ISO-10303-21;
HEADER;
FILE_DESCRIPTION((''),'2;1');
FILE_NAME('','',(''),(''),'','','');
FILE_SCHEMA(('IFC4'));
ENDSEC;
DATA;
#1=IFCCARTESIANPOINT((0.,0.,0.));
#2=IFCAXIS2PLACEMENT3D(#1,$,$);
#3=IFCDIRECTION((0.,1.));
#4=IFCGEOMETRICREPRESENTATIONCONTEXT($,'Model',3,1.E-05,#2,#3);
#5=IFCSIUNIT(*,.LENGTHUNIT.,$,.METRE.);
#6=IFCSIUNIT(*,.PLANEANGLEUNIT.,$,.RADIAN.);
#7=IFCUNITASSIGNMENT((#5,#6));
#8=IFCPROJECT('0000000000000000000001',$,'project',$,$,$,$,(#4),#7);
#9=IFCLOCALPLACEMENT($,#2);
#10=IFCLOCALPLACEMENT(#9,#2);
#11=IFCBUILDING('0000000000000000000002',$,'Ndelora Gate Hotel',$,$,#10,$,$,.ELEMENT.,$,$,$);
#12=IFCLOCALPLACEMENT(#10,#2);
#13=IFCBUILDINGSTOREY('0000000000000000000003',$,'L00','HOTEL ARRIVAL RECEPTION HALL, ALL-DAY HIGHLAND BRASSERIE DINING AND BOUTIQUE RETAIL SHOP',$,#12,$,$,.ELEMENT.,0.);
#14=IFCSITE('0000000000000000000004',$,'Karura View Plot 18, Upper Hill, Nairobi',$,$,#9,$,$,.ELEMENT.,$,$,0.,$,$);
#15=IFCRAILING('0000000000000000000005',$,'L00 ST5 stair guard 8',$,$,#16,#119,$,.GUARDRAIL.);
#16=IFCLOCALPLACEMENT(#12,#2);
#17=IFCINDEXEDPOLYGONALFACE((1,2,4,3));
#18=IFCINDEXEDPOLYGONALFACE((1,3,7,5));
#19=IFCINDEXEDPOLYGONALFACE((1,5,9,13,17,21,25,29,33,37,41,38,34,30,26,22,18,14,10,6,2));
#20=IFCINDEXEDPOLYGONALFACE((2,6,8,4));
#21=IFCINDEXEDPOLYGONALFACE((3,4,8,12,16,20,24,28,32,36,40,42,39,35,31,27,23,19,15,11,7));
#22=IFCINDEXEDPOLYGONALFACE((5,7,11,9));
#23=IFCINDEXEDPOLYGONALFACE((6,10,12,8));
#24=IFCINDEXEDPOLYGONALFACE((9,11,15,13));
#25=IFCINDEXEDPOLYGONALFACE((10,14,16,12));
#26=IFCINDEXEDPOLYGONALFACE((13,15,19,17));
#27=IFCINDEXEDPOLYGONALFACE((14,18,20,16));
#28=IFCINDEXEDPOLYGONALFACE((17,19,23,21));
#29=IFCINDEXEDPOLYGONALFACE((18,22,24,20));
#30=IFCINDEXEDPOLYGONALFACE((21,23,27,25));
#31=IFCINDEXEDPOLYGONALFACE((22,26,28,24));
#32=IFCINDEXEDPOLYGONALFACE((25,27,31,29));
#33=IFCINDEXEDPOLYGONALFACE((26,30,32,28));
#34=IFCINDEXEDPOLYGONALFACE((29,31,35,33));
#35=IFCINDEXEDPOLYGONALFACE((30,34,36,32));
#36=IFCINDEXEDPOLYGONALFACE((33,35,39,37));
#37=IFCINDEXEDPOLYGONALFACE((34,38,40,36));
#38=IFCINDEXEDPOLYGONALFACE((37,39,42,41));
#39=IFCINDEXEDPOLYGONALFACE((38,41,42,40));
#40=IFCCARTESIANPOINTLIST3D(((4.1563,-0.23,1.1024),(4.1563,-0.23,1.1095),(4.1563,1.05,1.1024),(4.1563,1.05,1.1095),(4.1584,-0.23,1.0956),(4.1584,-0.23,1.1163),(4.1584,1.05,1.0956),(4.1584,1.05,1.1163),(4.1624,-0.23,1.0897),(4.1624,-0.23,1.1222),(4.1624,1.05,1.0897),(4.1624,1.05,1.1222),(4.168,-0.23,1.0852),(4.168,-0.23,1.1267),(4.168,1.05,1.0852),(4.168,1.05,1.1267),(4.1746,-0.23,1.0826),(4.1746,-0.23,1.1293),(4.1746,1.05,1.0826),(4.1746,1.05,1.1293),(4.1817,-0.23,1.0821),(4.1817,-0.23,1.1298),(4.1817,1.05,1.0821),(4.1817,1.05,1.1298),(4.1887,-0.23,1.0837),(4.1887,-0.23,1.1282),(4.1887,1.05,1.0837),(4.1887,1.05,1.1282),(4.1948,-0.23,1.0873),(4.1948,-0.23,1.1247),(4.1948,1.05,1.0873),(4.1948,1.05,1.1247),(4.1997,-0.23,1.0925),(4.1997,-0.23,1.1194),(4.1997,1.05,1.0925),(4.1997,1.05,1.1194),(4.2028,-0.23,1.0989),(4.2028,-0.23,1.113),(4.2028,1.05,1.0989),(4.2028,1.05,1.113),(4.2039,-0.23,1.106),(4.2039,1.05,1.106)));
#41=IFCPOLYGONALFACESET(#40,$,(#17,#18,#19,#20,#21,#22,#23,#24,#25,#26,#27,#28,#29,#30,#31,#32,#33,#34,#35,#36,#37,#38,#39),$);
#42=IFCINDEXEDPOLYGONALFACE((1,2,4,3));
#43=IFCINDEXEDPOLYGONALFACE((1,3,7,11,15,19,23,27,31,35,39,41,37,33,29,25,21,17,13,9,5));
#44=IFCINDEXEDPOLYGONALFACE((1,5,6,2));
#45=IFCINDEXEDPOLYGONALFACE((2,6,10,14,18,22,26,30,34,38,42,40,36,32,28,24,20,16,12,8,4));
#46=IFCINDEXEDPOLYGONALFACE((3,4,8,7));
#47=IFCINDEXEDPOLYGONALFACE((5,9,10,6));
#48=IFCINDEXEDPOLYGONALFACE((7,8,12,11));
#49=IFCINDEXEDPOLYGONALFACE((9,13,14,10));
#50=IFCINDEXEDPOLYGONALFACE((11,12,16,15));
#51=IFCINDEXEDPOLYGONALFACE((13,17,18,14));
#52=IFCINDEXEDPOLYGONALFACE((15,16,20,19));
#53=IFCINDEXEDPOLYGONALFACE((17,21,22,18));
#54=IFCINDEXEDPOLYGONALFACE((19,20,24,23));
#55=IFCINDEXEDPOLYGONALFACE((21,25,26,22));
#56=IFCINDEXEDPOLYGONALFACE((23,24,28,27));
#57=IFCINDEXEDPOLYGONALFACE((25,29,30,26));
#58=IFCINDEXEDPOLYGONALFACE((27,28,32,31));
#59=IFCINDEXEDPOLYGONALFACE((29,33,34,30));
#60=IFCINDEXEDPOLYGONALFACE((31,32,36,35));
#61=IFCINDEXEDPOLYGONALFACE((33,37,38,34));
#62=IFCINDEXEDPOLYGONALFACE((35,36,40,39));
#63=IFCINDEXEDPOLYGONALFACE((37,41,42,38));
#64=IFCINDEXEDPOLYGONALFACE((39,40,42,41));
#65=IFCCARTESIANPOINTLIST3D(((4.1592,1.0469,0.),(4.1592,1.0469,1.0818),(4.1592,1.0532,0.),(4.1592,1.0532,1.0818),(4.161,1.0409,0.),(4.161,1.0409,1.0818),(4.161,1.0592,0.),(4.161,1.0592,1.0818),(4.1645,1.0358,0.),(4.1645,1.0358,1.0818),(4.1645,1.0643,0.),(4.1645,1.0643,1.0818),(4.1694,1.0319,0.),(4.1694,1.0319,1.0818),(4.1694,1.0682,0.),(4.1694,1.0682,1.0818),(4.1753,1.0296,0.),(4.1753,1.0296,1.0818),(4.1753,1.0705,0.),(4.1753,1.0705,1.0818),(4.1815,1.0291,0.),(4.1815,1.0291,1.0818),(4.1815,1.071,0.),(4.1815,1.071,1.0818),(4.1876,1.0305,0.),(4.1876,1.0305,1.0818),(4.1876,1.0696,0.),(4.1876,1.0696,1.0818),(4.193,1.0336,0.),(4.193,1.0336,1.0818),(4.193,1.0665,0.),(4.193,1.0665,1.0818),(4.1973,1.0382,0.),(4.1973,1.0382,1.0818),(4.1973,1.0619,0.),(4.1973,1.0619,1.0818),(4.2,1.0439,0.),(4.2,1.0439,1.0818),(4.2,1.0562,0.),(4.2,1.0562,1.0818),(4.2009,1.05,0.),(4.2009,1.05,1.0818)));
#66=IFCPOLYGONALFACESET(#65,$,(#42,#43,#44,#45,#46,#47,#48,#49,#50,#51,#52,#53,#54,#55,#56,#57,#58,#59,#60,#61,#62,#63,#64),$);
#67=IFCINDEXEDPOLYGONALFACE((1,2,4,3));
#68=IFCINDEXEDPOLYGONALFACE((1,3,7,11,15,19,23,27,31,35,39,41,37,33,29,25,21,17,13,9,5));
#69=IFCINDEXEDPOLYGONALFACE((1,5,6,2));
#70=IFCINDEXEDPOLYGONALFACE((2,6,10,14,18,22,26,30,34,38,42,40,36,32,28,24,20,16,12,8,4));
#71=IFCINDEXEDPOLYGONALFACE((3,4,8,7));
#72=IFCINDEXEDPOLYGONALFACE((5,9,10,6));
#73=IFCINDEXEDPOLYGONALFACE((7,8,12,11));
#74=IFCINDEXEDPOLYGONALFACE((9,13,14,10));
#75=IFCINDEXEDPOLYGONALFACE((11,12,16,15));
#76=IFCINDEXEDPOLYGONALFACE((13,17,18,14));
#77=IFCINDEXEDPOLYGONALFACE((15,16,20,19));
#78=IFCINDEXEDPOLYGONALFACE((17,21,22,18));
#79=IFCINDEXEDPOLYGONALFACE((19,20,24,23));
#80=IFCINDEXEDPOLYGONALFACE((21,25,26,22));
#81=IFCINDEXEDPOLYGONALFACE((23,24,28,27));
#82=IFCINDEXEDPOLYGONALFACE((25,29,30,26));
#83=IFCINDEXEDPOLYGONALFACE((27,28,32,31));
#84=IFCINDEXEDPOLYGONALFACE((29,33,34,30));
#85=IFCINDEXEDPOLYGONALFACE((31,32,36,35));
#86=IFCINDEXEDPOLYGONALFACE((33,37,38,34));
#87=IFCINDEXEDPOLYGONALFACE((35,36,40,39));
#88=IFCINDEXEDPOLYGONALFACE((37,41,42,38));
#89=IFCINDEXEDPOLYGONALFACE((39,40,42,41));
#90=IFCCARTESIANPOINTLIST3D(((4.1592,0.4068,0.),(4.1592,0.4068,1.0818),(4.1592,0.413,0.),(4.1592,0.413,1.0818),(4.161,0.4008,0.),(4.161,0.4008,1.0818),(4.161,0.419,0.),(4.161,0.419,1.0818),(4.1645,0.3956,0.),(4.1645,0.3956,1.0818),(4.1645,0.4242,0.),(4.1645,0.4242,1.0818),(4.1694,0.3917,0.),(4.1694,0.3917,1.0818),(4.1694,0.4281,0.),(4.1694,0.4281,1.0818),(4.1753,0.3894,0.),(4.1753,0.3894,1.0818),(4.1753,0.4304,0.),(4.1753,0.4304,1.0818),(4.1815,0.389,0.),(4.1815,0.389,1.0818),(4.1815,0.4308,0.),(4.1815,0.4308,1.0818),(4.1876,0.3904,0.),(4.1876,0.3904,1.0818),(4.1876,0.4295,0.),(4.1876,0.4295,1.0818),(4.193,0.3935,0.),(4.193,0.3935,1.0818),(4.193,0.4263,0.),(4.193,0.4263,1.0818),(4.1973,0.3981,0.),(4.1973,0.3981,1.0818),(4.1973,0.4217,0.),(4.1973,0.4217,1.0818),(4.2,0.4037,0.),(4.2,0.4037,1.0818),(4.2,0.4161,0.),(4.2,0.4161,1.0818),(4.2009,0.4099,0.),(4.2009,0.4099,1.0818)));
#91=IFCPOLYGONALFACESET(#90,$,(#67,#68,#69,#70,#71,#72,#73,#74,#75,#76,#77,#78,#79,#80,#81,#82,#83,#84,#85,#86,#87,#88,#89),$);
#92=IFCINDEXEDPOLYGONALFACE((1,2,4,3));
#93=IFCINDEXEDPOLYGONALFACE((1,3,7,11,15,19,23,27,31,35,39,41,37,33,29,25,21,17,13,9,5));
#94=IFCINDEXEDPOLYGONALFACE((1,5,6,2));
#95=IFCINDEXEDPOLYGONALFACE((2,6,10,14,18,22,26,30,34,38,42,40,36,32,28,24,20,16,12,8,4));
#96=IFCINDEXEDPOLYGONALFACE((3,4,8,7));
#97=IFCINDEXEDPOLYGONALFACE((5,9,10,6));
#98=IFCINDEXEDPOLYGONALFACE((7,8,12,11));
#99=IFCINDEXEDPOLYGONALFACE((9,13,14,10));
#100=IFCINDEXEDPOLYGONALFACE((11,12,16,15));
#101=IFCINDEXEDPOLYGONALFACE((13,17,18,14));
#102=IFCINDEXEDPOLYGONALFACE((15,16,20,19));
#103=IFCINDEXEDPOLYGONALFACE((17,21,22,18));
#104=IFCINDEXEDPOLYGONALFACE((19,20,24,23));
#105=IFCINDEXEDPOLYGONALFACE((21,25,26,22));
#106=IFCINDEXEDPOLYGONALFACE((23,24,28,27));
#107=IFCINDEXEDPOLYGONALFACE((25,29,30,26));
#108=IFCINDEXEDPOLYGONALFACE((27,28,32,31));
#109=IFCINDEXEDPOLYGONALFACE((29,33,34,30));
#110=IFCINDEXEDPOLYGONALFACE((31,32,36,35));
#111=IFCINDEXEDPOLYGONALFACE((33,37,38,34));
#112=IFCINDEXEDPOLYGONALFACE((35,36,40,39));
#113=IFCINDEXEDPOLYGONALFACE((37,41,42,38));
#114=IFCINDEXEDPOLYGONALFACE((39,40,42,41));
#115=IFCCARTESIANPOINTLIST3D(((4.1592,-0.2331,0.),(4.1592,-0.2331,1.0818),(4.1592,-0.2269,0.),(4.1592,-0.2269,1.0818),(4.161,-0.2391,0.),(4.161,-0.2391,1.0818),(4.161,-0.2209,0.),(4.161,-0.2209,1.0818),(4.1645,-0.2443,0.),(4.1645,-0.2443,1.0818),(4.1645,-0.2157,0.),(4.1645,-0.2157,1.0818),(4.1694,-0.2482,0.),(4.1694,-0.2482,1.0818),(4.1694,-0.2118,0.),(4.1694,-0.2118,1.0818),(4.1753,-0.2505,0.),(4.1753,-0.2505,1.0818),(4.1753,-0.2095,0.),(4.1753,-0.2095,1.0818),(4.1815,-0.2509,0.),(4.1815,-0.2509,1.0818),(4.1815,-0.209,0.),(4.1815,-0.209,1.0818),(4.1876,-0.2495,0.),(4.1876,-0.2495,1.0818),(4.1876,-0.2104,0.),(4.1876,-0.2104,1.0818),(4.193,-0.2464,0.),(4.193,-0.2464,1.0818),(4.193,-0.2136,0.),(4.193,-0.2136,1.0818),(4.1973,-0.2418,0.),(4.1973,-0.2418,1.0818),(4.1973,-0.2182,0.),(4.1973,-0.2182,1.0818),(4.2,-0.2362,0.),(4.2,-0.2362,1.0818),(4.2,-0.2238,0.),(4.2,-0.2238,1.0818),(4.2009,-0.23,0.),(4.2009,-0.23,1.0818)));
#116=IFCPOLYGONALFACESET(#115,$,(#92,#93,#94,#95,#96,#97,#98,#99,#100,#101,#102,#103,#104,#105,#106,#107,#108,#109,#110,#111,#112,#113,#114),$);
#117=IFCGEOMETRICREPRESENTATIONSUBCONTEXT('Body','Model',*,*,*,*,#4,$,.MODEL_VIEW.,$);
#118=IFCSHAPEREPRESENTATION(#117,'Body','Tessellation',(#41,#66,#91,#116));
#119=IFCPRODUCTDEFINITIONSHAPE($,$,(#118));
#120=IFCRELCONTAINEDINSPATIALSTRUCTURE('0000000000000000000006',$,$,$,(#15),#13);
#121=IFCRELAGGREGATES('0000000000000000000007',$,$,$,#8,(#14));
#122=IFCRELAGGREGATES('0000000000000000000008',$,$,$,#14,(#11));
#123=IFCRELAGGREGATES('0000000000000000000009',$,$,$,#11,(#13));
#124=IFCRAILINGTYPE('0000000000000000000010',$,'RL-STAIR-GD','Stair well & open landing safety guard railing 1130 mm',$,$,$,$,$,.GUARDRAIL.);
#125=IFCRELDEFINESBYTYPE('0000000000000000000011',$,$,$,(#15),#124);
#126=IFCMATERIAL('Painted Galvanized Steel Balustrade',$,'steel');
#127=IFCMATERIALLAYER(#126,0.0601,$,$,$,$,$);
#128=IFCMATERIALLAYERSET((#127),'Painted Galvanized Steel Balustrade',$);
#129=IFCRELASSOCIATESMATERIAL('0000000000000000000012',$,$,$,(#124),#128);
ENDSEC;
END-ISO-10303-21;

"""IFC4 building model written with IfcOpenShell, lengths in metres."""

from ifc_helpers import new_model, si_unit, direction, frame, origin, origin_2d, place, context, subcontext, project, spatial, circle, extrude, material, layer, layer_set, type_object, element, save


model = new_model("IFC4")

# Units and contexts
model_context = context("Model", 3, precision=1e-05, world=origin(), true_north=direction((0.0, 1.0)))
body_context = subcontext(model_context, "Body", "Model", "MODEL_VIEW")
ifc_project = project(units=[si_unit("LENGTHUNIT", "METRE"), si_unit("PLANEANGLEUNIT", "RADIAN")], contexts=[model_context])

# Site, building, storey
site_placement = place(None, origin())
site = spatial("IfcSite", under=ifc_project, at=site_placement, Name="Karura View Plot 18, Upper Hill, Nairobi", CompositionType="ELEMENT", RefElevation=0.0)
building_placement = place(site_placement, origin())
building = spatial("IfcBuilding", under=site, at=building_placement, Name="Ndelora Gate Hotel", CompositionType="ELEMENT")
storey_placement = place(building_placement, origin())
storey = spatial("IfcBuildingStorey", under=building, at=storey_placement, Name="L00", Description="HOTEL ARRIVAL RECEPTION HALL, ALL-DAY HIGHLAND BRASSERIE DINING AND BOUTIQUE RETAIL SHOP", CompositionType="ELEMENT", Elevation=0.0)

# Railing
ifc_material_1 = material(Name="Painted Galvanized Steel Balustrade", Category="steel")
ifc_layer_1 = layer(ifc_material_1, 0.0601)
ifc_layer_set_1 = layer_set([ifc_layer_1], Name="Painted Galvanized Steel Balustrade")
railing_type = type_object("IfcRailingType", Name="RL-STAIR-GD", Description="Stair well & open landing safety guard railing 1130 mm", PredefinedType="GUARDRAIL", material=ifc_layer_set_1)
for number, where, name in (
    (1, (4.1799, 1.05, 0.0), "L00 ST5 stair guard 8"),
):
    element("IfcRailing", number, at=place(storey_placement, frame(where)), inside=storey, type_object=railing_type, Name=name, PredefinedType="GUARDRAIL", context=body_context, shape_type="SweptSolid", body=[
        extrude(circle(Radius=0.0239, at=origin_2d()), frame((0.0, 0.0, 1.106), z_axis=(0.0, -1.0, 0.0), x_axis=(1.0, 0.0, 0.0)), (0.0, 0.0, 1.0), 1.28),
        extrude(circle(Radius=0.021, at=origin_2d()), origin(), (0.0, 0.0, 1.0), 1.0818),
        extrude(circle(Radius=0.021, at=origin_2d()), frame((0.0, -0.6401, 0.0)), (0.0, 0.0, 1.0), 1.0818),
        extrude(circle(Radius=0.021, at=origin_2d()), frame((0.0, -1.28, 0.0)), (0.0, 0.0, 1.0), 1.0818),
    ])

save(model, "model.ifc")
